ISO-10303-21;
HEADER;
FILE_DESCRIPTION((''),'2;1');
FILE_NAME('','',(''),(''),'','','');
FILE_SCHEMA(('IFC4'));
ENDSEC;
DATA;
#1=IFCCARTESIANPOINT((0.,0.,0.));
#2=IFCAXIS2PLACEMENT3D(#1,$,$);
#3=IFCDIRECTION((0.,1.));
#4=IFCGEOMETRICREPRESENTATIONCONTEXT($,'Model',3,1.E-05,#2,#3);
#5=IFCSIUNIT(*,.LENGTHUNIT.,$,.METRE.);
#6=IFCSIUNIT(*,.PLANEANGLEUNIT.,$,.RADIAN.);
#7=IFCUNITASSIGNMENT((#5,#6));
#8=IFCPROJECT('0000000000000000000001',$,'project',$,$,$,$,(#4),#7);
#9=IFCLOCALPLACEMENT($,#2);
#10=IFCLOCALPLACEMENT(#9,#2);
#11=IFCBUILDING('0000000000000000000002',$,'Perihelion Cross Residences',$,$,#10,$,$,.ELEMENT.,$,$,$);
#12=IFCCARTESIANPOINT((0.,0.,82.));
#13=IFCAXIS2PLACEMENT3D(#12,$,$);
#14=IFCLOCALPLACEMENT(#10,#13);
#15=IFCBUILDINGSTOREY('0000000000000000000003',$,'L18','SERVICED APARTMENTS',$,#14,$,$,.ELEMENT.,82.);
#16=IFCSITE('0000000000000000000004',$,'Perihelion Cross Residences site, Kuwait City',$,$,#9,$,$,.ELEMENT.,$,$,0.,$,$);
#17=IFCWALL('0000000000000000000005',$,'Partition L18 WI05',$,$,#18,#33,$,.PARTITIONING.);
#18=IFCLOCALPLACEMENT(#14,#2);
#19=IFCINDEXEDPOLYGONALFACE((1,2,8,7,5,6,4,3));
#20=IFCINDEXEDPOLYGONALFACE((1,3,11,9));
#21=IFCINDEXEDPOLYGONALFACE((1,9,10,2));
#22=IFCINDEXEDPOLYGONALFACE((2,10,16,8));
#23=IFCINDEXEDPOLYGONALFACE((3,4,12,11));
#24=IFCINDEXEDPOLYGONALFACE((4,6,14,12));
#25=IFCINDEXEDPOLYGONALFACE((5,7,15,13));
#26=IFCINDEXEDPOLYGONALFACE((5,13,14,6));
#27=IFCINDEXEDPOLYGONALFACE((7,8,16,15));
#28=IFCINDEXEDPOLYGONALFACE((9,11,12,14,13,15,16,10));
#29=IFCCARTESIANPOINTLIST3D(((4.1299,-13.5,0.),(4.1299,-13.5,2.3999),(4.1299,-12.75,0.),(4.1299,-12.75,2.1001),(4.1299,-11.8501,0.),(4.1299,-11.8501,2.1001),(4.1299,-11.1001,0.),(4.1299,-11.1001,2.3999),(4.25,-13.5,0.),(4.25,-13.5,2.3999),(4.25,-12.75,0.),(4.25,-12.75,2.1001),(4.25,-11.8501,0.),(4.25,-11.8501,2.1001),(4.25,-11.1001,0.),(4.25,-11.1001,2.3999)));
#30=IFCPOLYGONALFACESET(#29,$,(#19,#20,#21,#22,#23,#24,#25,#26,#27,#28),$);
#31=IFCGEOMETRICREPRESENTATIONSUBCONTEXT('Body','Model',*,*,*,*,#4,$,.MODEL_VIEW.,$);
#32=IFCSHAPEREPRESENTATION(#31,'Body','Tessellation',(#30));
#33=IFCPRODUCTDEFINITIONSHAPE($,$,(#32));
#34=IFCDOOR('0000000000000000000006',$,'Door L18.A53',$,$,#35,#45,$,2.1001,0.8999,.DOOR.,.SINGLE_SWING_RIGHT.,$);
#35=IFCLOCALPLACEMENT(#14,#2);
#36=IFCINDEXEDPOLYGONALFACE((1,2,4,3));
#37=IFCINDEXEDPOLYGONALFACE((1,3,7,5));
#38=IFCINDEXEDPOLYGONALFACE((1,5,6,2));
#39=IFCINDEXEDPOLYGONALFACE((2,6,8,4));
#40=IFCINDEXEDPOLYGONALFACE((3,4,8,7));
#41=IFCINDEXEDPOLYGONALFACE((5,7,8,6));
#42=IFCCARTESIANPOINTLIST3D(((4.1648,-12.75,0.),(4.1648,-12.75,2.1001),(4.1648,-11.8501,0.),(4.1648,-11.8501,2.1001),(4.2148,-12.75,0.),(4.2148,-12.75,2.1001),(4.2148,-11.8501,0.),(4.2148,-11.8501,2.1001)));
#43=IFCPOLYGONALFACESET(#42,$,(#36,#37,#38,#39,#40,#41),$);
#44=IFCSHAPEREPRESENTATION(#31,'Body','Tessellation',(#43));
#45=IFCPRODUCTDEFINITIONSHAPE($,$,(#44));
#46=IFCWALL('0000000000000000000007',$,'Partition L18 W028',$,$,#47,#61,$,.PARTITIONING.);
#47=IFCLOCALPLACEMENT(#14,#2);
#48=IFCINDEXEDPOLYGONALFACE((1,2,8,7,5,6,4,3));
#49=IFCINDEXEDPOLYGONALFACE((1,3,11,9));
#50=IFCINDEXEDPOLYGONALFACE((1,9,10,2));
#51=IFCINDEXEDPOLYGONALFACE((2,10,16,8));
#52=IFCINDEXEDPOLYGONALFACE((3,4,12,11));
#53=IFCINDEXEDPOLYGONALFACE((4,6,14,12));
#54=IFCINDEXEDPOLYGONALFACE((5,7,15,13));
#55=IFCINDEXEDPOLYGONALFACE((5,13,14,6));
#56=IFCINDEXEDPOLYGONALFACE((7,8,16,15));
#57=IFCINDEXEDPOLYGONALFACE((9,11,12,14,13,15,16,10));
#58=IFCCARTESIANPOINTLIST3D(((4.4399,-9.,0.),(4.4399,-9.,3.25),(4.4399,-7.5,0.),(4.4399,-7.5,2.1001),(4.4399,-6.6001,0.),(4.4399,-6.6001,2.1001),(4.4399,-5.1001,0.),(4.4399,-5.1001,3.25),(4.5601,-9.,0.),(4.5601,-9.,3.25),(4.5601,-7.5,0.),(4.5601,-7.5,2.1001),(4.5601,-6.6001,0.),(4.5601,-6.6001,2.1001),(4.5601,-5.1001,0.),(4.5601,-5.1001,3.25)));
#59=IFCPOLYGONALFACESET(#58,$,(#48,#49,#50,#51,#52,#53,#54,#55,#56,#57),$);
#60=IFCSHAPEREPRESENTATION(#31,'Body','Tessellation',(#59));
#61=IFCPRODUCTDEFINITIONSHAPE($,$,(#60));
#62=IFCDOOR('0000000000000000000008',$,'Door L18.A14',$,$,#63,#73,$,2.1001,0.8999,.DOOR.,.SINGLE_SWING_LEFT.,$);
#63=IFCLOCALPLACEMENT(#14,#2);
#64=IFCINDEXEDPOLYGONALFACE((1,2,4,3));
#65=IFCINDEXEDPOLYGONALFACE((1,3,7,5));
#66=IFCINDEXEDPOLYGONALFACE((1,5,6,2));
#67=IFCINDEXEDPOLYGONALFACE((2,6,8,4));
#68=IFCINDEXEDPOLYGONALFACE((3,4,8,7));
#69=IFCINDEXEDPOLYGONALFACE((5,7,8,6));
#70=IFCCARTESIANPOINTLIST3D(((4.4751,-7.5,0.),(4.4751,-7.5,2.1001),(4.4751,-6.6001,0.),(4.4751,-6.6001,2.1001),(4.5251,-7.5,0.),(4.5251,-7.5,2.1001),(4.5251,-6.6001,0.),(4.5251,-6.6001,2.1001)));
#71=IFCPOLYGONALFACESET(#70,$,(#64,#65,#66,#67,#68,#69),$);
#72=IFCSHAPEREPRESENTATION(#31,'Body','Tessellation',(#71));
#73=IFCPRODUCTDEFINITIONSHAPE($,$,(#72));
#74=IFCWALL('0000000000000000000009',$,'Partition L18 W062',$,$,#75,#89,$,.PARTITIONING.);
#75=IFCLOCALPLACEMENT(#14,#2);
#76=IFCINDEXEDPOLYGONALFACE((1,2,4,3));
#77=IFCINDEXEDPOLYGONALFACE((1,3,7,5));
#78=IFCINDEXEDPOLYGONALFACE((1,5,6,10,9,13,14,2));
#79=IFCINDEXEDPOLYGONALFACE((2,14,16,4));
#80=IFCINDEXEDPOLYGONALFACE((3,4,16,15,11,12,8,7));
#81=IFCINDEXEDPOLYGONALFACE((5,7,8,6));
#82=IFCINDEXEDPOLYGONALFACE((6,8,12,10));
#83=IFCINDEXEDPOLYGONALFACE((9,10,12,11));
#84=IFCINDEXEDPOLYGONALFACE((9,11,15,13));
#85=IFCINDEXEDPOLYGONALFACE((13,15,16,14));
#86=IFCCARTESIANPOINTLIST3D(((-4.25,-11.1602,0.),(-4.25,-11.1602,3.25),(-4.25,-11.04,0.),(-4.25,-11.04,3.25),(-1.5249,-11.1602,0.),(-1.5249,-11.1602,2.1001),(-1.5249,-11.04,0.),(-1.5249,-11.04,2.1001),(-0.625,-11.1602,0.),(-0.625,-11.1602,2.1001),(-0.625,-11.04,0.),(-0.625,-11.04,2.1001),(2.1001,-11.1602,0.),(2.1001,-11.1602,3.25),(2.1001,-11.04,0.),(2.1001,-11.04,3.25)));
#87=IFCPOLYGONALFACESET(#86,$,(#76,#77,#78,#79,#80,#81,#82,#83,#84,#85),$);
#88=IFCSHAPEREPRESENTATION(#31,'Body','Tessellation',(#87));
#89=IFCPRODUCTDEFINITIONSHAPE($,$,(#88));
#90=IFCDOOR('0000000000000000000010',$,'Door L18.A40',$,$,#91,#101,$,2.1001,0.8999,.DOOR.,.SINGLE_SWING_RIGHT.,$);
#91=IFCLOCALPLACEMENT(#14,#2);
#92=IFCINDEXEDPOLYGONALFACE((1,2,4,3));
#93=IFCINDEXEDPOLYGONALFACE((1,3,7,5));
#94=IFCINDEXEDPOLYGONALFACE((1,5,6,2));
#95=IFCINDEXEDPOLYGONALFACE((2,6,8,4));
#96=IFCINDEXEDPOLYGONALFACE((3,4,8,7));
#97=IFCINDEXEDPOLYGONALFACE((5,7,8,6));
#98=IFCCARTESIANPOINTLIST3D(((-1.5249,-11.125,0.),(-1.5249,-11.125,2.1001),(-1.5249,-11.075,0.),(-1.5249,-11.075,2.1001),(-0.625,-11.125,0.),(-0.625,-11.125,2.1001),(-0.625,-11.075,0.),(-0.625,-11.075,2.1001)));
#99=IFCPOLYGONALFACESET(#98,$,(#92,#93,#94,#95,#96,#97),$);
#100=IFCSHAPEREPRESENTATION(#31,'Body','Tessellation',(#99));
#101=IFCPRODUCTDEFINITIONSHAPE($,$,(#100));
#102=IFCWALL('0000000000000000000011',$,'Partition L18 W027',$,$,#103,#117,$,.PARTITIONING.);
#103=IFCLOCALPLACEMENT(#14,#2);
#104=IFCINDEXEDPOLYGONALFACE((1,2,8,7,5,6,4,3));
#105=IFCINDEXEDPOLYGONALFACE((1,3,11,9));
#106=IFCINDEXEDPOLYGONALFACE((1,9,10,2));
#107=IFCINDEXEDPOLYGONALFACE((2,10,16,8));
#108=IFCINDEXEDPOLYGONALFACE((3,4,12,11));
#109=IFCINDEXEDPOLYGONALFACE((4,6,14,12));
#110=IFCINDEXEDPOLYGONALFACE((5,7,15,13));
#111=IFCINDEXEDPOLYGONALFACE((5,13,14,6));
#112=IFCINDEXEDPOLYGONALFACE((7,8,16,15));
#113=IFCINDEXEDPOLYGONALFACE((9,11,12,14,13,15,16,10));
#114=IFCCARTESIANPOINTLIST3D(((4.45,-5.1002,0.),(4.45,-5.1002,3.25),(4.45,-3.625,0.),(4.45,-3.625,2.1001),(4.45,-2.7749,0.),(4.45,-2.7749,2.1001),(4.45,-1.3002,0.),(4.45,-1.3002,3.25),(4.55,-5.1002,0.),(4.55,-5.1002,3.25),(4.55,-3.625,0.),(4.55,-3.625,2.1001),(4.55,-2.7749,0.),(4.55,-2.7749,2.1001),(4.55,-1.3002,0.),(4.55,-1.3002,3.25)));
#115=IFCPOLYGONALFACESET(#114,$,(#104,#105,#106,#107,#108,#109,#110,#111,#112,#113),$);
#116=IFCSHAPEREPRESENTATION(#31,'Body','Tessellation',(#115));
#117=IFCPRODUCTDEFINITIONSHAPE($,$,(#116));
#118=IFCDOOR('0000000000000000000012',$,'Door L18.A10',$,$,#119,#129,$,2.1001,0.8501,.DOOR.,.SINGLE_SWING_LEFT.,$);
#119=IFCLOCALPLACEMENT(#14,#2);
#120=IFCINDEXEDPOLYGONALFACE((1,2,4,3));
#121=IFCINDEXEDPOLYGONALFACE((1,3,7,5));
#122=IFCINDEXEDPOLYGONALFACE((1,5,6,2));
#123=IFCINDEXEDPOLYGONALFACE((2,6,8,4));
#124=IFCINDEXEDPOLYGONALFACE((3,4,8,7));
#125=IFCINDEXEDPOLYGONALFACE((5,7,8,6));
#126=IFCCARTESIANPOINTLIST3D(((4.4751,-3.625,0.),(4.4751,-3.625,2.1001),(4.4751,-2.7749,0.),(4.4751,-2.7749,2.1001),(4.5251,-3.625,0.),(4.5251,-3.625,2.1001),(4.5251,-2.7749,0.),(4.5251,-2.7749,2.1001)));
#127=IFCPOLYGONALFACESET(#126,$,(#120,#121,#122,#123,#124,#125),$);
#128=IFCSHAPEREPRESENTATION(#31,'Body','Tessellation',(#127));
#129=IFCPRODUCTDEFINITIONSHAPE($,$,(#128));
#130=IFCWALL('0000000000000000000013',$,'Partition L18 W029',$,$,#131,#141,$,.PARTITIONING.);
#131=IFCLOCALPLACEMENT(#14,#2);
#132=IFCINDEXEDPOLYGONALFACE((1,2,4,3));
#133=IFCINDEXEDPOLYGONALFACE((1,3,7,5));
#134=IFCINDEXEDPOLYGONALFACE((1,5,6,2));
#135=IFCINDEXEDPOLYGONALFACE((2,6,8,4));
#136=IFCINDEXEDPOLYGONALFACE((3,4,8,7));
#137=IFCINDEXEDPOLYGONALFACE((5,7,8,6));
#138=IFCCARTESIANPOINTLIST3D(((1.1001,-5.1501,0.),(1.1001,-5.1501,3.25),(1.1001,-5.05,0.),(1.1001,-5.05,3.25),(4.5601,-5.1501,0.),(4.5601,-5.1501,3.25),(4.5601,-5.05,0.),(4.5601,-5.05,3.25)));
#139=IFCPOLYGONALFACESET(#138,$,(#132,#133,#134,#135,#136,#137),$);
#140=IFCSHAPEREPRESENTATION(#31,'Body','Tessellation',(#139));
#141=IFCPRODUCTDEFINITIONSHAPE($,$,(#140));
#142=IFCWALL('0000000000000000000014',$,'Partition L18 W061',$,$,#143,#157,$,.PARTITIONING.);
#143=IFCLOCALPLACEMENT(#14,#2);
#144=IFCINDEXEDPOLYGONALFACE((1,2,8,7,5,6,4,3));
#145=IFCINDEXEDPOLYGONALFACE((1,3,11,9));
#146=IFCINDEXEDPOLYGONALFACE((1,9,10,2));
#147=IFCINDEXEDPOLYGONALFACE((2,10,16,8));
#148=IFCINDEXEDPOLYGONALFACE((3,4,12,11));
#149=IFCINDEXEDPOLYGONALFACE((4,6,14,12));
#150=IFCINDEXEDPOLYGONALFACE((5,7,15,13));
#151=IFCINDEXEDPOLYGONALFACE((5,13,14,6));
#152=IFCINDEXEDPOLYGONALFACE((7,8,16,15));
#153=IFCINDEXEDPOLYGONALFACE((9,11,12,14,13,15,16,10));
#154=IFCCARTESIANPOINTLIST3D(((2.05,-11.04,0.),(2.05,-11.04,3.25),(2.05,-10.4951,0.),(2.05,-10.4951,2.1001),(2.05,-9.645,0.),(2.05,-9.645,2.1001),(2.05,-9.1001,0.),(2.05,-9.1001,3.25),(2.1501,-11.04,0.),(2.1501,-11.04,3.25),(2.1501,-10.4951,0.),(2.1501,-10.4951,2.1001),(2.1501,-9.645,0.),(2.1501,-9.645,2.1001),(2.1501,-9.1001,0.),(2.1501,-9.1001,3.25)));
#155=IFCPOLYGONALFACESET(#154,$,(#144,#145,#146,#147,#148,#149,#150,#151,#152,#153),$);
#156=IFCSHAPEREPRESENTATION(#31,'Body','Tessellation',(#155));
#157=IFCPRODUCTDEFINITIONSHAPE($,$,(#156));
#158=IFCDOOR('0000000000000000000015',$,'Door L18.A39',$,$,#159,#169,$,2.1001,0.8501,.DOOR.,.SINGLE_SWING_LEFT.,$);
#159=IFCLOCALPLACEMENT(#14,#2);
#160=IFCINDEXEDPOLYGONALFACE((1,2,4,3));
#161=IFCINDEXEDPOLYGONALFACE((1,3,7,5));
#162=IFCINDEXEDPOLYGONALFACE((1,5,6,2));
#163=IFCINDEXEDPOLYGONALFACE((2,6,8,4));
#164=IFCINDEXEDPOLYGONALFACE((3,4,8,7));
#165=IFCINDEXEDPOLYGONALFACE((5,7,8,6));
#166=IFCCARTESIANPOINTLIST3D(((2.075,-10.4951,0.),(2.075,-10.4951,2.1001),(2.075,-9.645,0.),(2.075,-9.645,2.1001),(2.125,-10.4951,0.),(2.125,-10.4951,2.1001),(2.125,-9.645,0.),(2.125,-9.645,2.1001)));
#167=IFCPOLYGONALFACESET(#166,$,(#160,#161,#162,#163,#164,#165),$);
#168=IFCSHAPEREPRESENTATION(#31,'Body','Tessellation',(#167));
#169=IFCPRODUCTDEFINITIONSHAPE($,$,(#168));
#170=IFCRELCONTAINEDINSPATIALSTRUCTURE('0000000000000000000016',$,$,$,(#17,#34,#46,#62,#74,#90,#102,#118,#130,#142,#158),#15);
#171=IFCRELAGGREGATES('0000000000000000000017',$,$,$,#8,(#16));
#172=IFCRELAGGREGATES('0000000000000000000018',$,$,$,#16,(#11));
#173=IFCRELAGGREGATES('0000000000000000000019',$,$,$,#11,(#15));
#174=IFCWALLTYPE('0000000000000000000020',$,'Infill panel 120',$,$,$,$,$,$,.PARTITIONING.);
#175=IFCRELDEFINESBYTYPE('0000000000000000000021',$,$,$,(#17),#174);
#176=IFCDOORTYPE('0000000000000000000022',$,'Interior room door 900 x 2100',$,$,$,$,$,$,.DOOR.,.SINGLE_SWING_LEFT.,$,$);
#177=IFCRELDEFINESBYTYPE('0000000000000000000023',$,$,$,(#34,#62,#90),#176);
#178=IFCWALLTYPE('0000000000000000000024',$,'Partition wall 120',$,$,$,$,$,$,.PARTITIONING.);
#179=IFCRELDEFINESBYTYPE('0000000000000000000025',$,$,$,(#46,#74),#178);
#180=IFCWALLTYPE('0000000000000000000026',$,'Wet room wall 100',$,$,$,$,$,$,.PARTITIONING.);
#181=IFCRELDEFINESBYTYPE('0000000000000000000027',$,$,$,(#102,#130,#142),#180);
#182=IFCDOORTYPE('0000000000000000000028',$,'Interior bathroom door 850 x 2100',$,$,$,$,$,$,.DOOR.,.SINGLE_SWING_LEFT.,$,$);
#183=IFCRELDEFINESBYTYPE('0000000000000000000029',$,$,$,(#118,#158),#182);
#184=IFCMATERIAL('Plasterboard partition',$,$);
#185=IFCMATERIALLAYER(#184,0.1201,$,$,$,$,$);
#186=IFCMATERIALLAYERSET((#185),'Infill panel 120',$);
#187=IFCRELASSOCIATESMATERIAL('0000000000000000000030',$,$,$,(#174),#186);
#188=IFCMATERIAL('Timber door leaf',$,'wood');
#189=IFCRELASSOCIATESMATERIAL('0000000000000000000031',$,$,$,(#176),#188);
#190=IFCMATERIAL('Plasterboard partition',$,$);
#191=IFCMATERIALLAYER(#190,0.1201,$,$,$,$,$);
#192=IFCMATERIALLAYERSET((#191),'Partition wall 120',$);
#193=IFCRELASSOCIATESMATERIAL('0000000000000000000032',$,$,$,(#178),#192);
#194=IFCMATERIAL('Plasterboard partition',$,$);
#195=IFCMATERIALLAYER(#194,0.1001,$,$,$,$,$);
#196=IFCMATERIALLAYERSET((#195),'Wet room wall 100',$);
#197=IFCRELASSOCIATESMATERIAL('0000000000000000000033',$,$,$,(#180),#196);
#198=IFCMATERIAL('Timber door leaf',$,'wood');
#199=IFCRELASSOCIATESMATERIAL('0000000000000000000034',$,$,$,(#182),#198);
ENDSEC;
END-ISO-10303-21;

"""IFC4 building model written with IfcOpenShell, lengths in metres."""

from ifc_helpers import new_model, si_unit, direction, frame, frame_2d, origin, place, context, subcontext, project, spatial, rectangle, extrude, material, layer, layer_set, type_object, element, fill, save


model = new_model("IFC4")

# Units and contexts
model_context = context("Model", 3, precision=1e-05, world=origin(), true_north=direction((0.0, 1.0)))
body_context = subcontext(model_context, "Body", "Model", "MODEL_VIEW")
ifc_project = project(units=[si_unit("LENGTHUNIT", "METRE"), si_unit("PLANEANGLEUNIT", "RADIAN")], contexts=[model_context])

# Site, building, storey
site_placement = place(None, origin())
site = spatial("IfcSite", under=ifc_project, at=site_placement, Name="Perihelion Cross Residences site, Kuwait City", CompositionType="ELEMENT", RefElevation=0.0)
building_placement = place(site_placement, origin())
building = spatial("IfcBuilding", under=site, at=building_placement, Name="Perihelion Cross Residences", CompositionType="ELEMENT")
storey_placement = place(building_placement, frame((0.0, 0.0, 82.0)))
storey = spatial("IfcBuildingStorey", under=building, at=storey_placement, Name="L18", Description="SERVICED APARTMENTS", CompositionType="ELEMENT", Elevation=82.0)

# Walls, openings, doors
ifc_material_1 = material(Name="Plasterboard partition")
ifc_layer_1 = layer(ifc_material_1, 0.1201)
ifc_layer_set_1 = layer_set([ifc_layer_1], Name="Infill panel 120")
wall_type_1 = type_object("IfcWallType", Name="Infill panel 120", PredefinedType="PARTITIONING", material=ifc_layer_set_1)
wall_1_placement = place(storey_placement, frame((4.1899, -11.1001, 0.0), z_axis=(0.0, 0.0, 1.0), x_axis=(0.0, -1.0, 0.0)))
wall_1 = element("IfcWall", 1, at=wall_1_placement, inside=storey, type_object=wall_type_1, Name="Partition L18 WI05", PredefinedType="PARTITIONING", context=body_context, shape_type="SweptSolid", body=[
    extrude(rectangle(XDim=2.3999, YDim=0.1201, at=frame_2d((1.2, 0.0))), origin(), (0.0, 0.0, 1.0), 2.3999),
])
opening_1_placement = place(wall_1_placement, frame((0.75, 0.0, 0.0)))
opening_1 = element("IfcOpeningElement", 2, at=opening_1_placement, cuts=wall_1, PredefinedType="OPENING", context=body_context, shape_type="SweptSolid", body=[
    extrude(rectangle(XDim=0.8999, YDim=2.1001, at=frame_2d((0.45, 1.05))), frame((0.0, 0.0701, 0.0), z_axis=(0.0, -1.0, 0.0), x_axis=(1.0, 0.0, 0.0)), (0.0, 0.0, 1.0), 0.1401),
])
ifc_material_2 = material(Name="Timber door leaf", Category="wood")
door_type_1 = type_object("IfcDoorType", Name="Interior room door 900 x 2100", OperationType="SINGLE_SWING_LEFT", PredefinedType="DOOR", material=ifc_material_2)
door_1_placement = place(opening_1_placement, origin())
door_1 = element("IfcDoor", 3, at=door_1_placement, inside=storey, type_object=door_type_1, Name="Door L18.A53", OperationType="SINGLE_SWING_RIGHT", OverallHeight=2.1001, OverallWidth=0.8999, PredefinedType="DOOR", context=body_context, shape_type="SweptSolid", body=[
    extrude(rectangle(XDim=0.8999, YDim=2.1001, at=frame_2d((0.45, 1.05))), frame((0.0, 0.0249, 0.0), z_axis=(0.0, -1.0, 0.0), x_axis=(1.0, 0.0, 0.0)), (0.0, 0.0, 1.0), 0.05),
])
fill(opening_1, door_1)
ifc_material_3 = material(Name="Plasterboard partition")
ifc_layer_2 = layer(ifc_material_3, 0.1201)
ifc_layer_set_2 = layer_set([ifc_layer_2], Name="Partition wall 120")
wall_type_2 = type_object("IfcWallType", Name="Partition wall 120", PredefinedType="PARTITIONING", material=ifc_layer_set_2)
wall_2_placement = place(storey_placement, frame((4.5, -9.0, 0.0), z_axis=(0.0, 0.0, 1.0), x_axis=(0.0, 1.0, 0.0)))
wall_2 = element("IfcWall", 4, at=wall_2_placement, inside=storey, type_object=wall_type_2, Name="Partition L18 W028", PredefinedType="PARTITIONING", context=body_context, shape_type="SweptSolid", body=[
    extrude(rectangle(XDim=3.8999, YDim=0.1201, at=frame_2d((1.95, 0.0))), origin(), (0.0, 0.0, 1.0), 3.25),
])
opening_2_placement = place(wall_2_placement, frame((1.5, 0.0, 0.0)))
opening_2 = element("IfcOpeningElement", 5, at=opening_2_placement, cuts=wall_2, PredefinedType="OPENING", context=body_context, shape_type="SweptSolid", body=[
    extrude(rectangle(XDim=0.8999, YDim=2.1001, at=frame_2d((0.45, 1.05))), frame((0.0, 0.0701, 0.0), z_axis=(0.0, -1.0, 0.0), x_axis=(1.0, 0.0, 0.0)), (0.0, 0.0, 1.0), 0.1401),
])
door_2_placement = place(opening_2_placement, origin())
door_2 = element("IfcDoor", 6, at=door_2_placement, inside=storey, type_object=door_type_1, Name="Door L18.A14", OperationType="SINGLE_SWING_LEFT", OverallHeight=2.1001, OverallWidth=0.8999, PredefinedType="DOOR", context=body_context, shape_type="SweptSolid", body=[
    extrude(rectangle(XDim=0.8999, YDim=2.1001, at=frame_2d((0.45, 1.05))), frame((0.0, 0.0249, 0.0), z_axis=(0.0, -1.0, 0.0), x_axis=(1.0, 0.0, 0.0)), (0.0, 0.0, 1.0), 0.05),
])
fill(opening_2, door_2)
wall_3_placement = place(storey_placement, frame((2.1001, -11.1001, 0.0), z_axis=(0.0, 0.0, 1.0), x_axis=(-1.0, 0.0, 0.0)))
wall_3 = element("IfcWall", 7, at=wall_3_placement, inside=storey, type_object=wall_type_2, Name="Partition L18 W062", PredefinedType="PARTITIONING", context=body_context, shape_type="SweptSolid", body=[
    extrude(rectangle(XDim=6.3501, YDim=0.1201, at=frame_2d((3.175, 0.0))), origin(), (0.0, 0.0, 1.0), 3.25),
])
opening_3_placement = place(wall_3_placement, frame((2.7251, 0.0, 0.0)))
opening_3 = element("IfcOpeningElement", 8, at=opening_3_placement, cuts=wall_3, PredefinedType="OPENING", context=body_context, shape_type="SweptSolid", body=[
    extrude(rectangle(XDim=0.8999, YDim=2.1001, at=frame_2d((0.45, 1.05))), frame((0.0, 0.0701, 0.0), z_axis=(0.0, -1.0, 0.0), x_axis=(1.0, 0.0, 0.0)), (0.0, 0.0, 1.0), 0.1401),
])
door_3_placement = place(opening_3_placement, origin())
door_3 = element("IfcDoor", 9, at=door_3_placement, inside=storey, type_object=door_type_1, Name="Door L18.A40", OperationType="SINGLE_SWING_RIGHT", OverallHeight=2.1001, OverallWidth=0.8999, PredefinedType="DOOR", context=body_context, shape_type="SweptSolid", body=[
    extrude(rectangle(XDim=0.8999, YDim=2.1001, at=frame_2d((0.45, 1.05))), frame((0.0, 0.0249, 0.0), z_axis=(0.0, -1.0, 0.0), x_axis=(1.0, 0.0, 0.0)), (0.0, 0.0, 1.0), 0.05),
])
fill(opening_3, door_3)
ifc_material_4 = material(Name="Plasterboard partition")
ifc_layer_3 = layer(ifc_material_4, 0.1001)
ifc_layer_set_3 = layer_set([ifc_layer_3], Name="Wet room wall 100")
wall_type_3 = type_object("IfcWallType", Name="Wet room wall 100", PredefinedType="PARTITIONING", material=ifc_layer_set_3)
wall_4_placement = place(storey_placement, frame((4.5, -5.1001, 0.0), z_axis=(0.0, 0.0, 1.0), x_axis=(0.0, 1.0, 0.0)))
wall_4 = element("IfcWall", 10, at=wall_4_placement, inside=storey, type_object=wall_type_3, Name="Partition L18 W027", PredefinedType="PARTITIONING", context=body_context, shape_type="SweptSolid", body=[
    extrude(rectangle(XDim=3.8, YDim=0.1001, at=frame_2d((1.8999, 0.0))), origin(), (0.0, 0.0, 1.0), 3.25),
])
opening_4_placement = place(wall_4_placement, frame((1.4751, 0.0, 0.0)))
opening_4 = element("IfcOpeningElement", 11, at=opening_4_placement, cuts=wall_4, PredefinedType="OPENING", context=body_context, shape_type="SweptSolid", body=[
    extrude(rectangle(XDim=0.8501, YDim=2.1001, at=frame_2d((0.425, 1.05))), frame((0.0, 0.0601, 0.0), z_axis=(0.0, -1.0, 0.0), x_axis=(1.0, 0.0, 0.0)), (0.0, 0.0, 1.0), 0.1201),
])
ifc_material_5 = material(Name="Timber door leaf", Category="wood")
door_type_2 = type_object("IfcDoorType", Name="Interior bathroom door 850 x 2100", OperationType="SINGLE_SWING_LEFT", PredefinedType="DOOR", material=ifc_material_5)
door_4_placement = place(opening_4_placement, origin())
door_4 = element("IfcDoor", 12, at=door_4_placement, inside=storey, type_object=door_type_2, Name="Door L18.A10", OperationType="SINGLE_SWING_LEFT", OverallHeight=2.1001, OverallWidth=0.8501, PredefinedType="DOOR", context=body_context, shape_type="SweptSolid", body=[
    extrude(rectangle(XDim=0.8501, YDim=2.1001, at=frame_2d((0.425, 1.05))), frame((0.0, 0.0249, 0.0), z_axis=(0.0, -1.0, 0.0), x_axis=(1.0, 0.0, 0.0)), (0.0, 0.0, 1.0), 0.05),
])
fill(opening_4, door_4)

# Wall
wall_5_placement = place(storey_placement, frame((4.5601, -5.1001, 0.0), z_axis=(0.0, 0.0, 1.0), x_axis=(-1.0, 0.0, 0.0)))
element("IfcWall", 13, at=wall_5_placement, inside=storey, type_object=wall_type_3, Name="Partition L18 W029", PredefinedType="PARTITIONING", context=body_context, shape_type="SweptSolid", body=[
    extrude(rectangle(XDim=3.46, YDim=0.1001, at=frame_2d((1.73, 0.0))), origin(), (0.0, 0.0, 1.0), 3.25),
])

# Wall, opening, door
wall_6_placement = place(storey_placement, frame((2.1001, -9.1001, 0.0), z_axis=(0.0, 0.0, 1.0), x_axis=(0.0, -1.0, 0.0)))
wall_6 = element("IfcWall", 14, at=wall_6_placement, inside=storey, type_object=wall_type_3, Name="Partition L18 W061", PredefinedType="PARTITIONING", context=body_context, shape_type="SweptSolid", body=[
    extrude(rectangle(XDim=1.9399, YDim=0.1001, at=frame_2d((0.97, 0.0))), origin(), (0.0, 0.0, 1.0), 3.25),
])
opening_5_placement = place(wall_6_placement, frame((0.5449, 0.0, 0.0)))
opening_5 = element("IfcOpeningElement", 15, at=opening_5_placement, cuts=wall_6, PredefinedType="OPENING", context=body_context, shape_type="SweptSolid", body=[
    extrude(rectangle(XDim=0.8501, YDim=2.1001, at=frame_2d((0.425, 1.05))), frame((0.0, 0.0601, 0.0), z_axis=(0.0, -1.0, 0.0), x_axis=(1.0, 0.0, 0.0)), (0.0, 0.0, 1.0), 0.1201),
])
door_5_placement = place(opening_5_placement, origin())
door_5 = element("IfcDoor", 16, at=door_5_placement, inside=storey, type_object=door_type_2, Name="Door L18.A39", OperationType="SINGLE_SWING_LEFT", OverallHeight=2.1001, OverallWidth=0.8501, PredefinedType="DOOR", context=body_context, shape_type="SweptSolid", body=[
    extrude(rectangle(XDim=0.8501, YDim=2.1001, at=frame_2d((0.425, 1.05))), frame((0.0, 0.0249, 0.0), z_axis=(0.0, -1.0, 0.0), x_axis=(1.0, 0.0, 0.0)), (0.0, 0.0, 1.0), 0.05),
])
fill(opening_5, door_5)

save(model, "model.ifc")
